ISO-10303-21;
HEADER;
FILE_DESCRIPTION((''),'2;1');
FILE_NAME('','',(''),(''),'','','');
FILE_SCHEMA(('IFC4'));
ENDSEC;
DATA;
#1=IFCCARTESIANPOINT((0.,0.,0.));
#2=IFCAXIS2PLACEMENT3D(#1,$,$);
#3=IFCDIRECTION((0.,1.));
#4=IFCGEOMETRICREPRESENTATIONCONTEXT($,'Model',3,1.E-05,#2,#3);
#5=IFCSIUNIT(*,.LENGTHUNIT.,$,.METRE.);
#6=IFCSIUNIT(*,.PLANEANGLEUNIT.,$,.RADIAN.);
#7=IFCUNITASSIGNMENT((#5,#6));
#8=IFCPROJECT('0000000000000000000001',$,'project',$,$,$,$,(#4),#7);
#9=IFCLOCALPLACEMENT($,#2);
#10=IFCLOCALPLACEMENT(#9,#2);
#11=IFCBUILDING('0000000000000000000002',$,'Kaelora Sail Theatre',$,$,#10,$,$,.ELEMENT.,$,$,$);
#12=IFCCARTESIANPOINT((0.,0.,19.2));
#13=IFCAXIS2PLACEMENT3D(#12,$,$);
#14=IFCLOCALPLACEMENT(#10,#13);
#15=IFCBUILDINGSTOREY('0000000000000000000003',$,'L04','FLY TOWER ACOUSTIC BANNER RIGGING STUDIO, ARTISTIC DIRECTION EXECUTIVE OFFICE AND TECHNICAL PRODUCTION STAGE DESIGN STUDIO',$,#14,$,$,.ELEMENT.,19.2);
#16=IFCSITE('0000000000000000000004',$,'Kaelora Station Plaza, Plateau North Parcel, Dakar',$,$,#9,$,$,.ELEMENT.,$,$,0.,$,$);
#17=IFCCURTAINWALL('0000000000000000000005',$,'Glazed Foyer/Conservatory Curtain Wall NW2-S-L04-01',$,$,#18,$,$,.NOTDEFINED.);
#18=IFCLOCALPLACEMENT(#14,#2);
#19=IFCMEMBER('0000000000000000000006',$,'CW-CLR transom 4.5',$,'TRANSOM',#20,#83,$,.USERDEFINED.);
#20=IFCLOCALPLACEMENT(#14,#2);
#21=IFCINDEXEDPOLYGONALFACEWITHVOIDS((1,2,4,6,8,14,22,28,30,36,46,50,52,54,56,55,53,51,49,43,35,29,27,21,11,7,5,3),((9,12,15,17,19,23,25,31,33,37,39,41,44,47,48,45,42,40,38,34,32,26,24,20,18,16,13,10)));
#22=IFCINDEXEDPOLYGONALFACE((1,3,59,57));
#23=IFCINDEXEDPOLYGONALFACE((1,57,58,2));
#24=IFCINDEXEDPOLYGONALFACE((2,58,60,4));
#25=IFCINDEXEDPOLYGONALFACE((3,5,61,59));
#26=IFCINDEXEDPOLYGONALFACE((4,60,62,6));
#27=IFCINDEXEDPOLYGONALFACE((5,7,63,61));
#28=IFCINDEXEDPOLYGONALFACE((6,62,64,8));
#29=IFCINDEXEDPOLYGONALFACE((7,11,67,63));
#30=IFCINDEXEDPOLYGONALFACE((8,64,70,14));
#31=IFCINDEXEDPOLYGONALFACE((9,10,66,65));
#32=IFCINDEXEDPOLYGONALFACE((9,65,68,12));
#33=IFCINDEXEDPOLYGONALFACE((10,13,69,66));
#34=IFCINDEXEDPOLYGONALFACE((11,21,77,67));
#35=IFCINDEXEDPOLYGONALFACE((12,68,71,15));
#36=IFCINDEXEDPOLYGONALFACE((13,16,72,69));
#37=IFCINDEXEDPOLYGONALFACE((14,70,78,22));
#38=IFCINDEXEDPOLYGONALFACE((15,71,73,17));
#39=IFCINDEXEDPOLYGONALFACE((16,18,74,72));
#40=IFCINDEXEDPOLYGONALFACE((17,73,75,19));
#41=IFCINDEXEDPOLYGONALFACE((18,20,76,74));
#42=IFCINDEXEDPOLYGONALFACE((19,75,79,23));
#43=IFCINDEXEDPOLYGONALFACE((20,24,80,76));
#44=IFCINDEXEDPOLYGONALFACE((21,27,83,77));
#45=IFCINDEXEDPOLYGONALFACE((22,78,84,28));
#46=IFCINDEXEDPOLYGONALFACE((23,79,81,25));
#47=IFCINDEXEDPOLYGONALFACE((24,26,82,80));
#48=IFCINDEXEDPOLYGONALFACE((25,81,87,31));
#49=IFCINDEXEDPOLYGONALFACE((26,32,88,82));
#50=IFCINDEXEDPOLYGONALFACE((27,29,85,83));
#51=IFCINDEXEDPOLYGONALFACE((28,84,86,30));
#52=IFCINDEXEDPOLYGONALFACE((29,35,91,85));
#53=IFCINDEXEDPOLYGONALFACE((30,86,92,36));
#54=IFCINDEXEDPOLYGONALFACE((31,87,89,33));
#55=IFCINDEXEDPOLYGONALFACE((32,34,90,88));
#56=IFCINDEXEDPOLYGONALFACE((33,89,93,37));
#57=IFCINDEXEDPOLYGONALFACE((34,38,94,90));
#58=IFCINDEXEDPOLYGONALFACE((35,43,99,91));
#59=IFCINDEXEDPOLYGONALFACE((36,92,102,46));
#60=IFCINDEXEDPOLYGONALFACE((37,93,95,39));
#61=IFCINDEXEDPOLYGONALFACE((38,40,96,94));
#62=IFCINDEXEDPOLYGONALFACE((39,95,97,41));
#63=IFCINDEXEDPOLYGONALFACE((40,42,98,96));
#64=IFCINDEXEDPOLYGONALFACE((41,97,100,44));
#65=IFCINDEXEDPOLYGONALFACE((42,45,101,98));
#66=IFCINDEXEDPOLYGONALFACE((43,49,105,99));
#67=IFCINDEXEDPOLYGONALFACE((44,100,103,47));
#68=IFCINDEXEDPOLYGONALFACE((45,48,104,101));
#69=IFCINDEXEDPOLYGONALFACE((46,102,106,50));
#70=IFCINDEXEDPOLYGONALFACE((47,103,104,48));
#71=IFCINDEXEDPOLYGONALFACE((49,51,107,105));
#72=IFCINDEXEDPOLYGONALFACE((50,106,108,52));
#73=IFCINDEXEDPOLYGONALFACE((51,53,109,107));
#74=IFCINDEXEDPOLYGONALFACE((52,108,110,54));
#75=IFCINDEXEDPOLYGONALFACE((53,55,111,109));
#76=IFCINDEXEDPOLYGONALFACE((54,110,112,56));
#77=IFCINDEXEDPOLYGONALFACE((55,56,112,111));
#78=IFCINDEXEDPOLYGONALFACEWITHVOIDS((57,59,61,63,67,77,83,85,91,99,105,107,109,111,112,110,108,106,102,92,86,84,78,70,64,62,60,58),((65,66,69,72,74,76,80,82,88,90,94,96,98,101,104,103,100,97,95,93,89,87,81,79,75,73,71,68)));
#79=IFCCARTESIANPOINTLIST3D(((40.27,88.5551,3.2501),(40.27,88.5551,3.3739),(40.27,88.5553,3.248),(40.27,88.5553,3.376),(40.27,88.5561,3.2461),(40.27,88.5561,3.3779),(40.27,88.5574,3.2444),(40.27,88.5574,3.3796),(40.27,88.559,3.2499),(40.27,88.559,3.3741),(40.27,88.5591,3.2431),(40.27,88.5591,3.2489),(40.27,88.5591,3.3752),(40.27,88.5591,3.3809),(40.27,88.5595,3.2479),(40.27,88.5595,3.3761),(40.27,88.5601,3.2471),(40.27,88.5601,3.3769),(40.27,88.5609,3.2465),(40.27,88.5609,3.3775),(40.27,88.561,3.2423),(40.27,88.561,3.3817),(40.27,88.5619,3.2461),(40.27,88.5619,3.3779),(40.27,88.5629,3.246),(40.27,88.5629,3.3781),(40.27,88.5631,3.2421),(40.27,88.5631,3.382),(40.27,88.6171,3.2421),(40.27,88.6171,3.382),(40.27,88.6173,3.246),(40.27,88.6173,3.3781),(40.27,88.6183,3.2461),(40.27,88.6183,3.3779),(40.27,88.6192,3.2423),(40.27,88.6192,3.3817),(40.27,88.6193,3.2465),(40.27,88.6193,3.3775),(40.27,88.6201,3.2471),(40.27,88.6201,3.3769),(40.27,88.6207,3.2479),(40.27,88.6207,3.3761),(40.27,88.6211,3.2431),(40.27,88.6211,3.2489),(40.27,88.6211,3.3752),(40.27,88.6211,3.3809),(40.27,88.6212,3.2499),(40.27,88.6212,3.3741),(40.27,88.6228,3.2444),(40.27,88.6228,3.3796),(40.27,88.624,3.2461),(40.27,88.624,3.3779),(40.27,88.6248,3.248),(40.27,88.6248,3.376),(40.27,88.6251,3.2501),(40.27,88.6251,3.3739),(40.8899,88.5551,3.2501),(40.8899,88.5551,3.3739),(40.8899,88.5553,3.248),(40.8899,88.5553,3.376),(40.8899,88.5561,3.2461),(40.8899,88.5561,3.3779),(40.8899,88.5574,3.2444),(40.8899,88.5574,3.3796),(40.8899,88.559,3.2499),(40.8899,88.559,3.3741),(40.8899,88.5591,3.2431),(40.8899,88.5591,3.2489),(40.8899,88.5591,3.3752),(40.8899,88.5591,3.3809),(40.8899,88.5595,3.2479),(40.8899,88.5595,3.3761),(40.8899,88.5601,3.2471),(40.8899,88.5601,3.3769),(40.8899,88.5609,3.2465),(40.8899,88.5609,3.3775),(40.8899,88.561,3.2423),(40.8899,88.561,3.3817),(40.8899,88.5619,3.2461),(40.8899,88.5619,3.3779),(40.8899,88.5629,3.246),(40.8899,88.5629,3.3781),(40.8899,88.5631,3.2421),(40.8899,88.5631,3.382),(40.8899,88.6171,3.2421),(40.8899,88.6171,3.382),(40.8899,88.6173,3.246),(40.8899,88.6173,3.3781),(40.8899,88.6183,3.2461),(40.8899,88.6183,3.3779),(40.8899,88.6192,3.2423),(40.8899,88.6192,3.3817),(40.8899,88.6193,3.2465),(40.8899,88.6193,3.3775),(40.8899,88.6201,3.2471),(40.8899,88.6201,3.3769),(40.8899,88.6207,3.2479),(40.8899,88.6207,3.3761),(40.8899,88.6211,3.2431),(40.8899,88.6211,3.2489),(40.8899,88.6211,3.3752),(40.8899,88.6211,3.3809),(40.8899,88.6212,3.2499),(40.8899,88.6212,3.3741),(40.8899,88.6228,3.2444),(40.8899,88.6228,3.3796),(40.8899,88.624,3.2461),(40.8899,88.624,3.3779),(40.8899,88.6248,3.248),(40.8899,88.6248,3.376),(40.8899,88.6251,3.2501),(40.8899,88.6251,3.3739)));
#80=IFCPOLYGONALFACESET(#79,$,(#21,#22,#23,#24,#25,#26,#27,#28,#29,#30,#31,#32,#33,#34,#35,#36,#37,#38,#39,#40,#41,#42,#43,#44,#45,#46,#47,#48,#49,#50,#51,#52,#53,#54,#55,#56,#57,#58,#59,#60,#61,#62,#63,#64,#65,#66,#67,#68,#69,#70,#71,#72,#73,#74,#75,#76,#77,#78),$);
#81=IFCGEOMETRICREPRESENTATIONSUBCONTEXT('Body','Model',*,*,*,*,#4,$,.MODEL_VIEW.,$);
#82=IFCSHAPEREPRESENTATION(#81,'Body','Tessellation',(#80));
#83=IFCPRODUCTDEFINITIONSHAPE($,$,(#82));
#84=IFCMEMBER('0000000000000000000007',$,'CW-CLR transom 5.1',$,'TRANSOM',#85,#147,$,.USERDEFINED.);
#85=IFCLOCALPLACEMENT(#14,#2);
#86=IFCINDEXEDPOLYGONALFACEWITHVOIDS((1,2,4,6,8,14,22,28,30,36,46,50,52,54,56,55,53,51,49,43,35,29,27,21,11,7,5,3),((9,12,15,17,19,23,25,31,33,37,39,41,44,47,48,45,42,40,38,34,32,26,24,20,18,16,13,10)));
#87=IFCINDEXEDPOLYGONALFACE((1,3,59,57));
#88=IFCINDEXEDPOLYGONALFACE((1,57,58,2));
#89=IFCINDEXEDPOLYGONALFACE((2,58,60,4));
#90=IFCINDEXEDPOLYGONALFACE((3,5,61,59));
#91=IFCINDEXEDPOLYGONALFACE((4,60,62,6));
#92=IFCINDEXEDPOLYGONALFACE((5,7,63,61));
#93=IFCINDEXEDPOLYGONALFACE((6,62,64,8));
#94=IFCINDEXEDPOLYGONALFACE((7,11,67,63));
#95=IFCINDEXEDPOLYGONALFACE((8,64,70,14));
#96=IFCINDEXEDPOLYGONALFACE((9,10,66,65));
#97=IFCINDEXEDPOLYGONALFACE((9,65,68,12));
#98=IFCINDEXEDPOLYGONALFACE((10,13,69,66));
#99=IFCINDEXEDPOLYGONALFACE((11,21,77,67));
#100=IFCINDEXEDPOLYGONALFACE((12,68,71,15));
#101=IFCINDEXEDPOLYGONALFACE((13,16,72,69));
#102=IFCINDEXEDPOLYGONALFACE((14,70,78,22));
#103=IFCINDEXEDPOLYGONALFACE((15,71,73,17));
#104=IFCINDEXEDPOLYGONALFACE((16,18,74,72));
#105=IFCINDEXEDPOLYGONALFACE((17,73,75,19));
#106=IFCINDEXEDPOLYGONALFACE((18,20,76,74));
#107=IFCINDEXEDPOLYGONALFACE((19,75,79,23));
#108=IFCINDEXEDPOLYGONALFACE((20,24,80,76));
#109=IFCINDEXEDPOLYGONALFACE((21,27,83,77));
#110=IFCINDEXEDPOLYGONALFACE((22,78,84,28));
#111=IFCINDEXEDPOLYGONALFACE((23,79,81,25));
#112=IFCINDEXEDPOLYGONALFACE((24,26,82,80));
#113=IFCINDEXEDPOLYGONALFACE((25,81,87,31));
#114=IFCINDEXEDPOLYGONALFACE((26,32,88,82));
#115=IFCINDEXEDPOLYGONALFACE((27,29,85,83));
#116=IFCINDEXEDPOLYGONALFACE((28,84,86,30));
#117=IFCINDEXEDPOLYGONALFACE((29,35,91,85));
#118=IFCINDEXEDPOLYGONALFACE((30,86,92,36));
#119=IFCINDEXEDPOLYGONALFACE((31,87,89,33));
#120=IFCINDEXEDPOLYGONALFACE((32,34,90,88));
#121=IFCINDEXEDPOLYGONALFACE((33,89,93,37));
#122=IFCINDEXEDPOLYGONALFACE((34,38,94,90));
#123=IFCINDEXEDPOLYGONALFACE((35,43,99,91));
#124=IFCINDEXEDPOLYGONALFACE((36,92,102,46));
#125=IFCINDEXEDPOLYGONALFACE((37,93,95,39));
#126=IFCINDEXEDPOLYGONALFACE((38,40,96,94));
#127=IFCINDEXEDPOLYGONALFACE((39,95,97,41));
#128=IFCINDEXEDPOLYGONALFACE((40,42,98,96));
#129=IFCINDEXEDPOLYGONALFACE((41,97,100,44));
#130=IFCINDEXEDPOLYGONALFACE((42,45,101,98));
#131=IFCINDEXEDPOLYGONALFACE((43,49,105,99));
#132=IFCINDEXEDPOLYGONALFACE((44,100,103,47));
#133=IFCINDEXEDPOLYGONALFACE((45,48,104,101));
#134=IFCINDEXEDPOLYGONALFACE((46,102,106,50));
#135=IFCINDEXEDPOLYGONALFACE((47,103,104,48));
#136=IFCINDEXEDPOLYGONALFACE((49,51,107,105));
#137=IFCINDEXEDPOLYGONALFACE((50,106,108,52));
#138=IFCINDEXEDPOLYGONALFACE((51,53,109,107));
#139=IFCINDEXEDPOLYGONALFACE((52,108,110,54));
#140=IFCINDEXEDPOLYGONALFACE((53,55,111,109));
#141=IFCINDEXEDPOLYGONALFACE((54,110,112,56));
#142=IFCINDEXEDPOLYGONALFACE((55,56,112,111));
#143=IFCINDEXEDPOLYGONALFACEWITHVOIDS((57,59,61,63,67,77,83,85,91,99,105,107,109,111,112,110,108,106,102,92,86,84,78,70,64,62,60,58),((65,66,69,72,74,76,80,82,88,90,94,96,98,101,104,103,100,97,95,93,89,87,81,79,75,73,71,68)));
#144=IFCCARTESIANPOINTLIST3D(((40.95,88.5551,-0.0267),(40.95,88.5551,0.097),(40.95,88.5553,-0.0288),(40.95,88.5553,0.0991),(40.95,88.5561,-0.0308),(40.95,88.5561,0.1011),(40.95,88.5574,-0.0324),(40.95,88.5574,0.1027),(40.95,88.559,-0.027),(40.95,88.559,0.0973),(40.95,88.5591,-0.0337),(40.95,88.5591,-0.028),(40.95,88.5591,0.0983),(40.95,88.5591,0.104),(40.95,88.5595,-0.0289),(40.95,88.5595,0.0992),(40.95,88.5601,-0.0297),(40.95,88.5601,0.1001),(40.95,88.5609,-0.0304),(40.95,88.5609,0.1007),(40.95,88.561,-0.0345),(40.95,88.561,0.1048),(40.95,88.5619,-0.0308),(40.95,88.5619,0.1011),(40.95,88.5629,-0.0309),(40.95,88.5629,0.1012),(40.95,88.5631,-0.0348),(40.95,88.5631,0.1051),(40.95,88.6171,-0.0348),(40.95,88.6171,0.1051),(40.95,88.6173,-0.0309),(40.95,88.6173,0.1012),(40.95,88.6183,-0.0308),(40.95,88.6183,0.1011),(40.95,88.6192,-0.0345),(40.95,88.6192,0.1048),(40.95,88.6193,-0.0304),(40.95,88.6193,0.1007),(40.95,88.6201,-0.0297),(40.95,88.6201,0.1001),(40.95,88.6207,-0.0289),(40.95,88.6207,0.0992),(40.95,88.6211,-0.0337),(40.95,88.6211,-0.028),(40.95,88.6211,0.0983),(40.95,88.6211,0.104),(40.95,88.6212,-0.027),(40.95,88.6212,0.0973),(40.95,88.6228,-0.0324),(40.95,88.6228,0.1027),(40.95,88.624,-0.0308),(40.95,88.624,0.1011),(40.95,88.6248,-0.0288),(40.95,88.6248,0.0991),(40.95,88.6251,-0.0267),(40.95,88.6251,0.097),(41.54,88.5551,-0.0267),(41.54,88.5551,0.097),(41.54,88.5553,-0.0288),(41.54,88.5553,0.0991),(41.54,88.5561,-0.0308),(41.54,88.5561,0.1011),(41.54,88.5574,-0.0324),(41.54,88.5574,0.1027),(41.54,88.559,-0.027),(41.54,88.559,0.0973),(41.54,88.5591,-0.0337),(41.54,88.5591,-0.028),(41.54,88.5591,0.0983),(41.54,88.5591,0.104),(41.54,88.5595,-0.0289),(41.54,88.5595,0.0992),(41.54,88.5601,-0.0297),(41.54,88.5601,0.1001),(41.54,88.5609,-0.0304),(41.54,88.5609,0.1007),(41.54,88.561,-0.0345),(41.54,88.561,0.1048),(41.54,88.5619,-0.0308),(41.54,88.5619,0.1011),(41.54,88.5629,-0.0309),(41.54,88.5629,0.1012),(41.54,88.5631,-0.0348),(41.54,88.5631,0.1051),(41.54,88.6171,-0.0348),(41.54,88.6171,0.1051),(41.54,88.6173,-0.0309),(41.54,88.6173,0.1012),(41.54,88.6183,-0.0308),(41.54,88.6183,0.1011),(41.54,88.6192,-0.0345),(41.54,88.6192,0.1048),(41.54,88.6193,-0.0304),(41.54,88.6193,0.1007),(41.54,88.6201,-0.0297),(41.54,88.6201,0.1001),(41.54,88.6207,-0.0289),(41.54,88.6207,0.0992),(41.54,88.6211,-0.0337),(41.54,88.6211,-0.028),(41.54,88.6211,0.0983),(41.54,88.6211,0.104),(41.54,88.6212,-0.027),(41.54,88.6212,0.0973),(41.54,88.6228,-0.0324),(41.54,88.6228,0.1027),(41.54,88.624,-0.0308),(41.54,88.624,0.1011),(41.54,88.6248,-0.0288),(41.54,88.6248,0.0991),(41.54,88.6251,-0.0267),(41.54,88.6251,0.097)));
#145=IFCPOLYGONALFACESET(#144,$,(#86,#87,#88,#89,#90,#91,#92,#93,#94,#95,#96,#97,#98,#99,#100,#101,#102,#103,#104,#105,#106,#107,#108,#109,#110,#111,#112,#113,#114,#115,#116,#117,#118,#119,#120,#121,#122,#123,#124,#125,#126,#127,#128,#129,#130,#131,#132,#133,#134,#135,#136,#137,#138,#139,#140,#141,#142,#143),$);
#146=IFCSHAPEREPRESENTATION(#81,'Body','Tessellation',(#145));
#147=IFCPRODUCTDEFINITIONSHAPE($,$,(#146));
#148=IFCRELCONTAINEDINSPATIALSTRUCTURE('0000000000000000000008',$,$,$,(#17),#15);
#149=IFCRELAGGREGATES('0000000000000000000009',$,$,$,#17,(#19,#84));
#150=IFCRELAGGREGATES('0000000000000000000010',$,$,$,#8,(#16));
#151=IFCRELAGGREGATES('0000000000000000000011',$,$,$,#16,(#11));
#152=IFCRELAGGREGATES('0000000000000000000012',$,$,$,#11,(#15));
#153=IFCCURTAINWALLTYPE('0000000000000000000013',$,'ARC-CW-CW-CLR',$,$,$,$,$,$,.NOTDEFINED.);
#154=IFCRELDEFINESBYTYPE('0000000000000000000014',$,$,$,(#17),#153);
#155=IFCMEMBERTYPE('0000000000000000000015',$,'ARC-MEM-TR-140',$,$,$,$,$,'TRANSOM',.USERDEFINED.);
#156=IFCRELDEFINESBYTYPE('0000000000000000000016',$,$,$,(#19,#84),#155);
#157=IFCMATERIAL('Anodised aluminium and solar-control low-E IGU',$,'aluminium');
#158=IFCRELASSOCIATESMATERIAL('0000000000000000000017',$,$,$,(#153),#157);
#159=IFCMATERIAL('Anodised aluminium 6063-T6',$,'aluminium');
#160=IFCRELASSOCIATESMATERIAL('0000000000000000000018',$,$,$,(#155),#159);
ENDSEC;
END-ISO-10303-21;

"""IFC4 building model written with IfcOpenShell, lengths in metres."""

from ifc_helpers import new_model, si_unit, direction, frame, origin, origin_2d, place, context, subcontext, project, spatial, hollow_rectangle, extrude, material, material_profile, profile_set, type_object, element, aggregate, save


model = new_model("IFC4")

# Units and contexts
model_context = context("Model", 3, precision=1e-05, world=origin(), true_north=direction((0.0, 1.0)))
body_context = subcontext(model_context, "Body", "Model", "MODEL_VIEW")
ifc_project = project(units=[si_unit("LENGTHUNIT", "METRE"), si_unit("PLANEANGLEUNIT", "RADIAN")], contexts=[model_context])

# Site, building, storey
site_placement = place(None, origin())
site = spatial("IfcSite", under=ifc_project, at=site_placement, Name="Kaelora Station Plaza, Plateau North Parcel, Dakar", CompositionType="ELEMENT", RefElevation=0.0)
building_placement = place(site_placement, origin())
building = spatial("IfcBuilding", under=site, at=building_placement, Name="Kaelora Sail Theatre", CompositionType="ELEMENT")
storey_placement = place(building_placement, frame((0.0, 0.0, 19.2)))
storey = spatial("IfcBuildingStorey", under=building, at=storey_placement, Name="L04", Description="FLY TOWER ACOUSTIC BANNER RIGGING STUDIO, ARTISTIC DIRECTION EXECUTIVE OFFICE AND TECHNICAL PRODUCTION STAGE DESIGN STUDIO", CompositionType="ELEMENT", Elevation=19.2)

# Curtain wall, members
ifc_material_1 = material(Name="Anodised aluminium and solar-control low-E IGU", Category="aluminium")
curtain_wall_type = type_object("IfcCurtainWallType", Name="ARC-CW-CW-CLR", PredefinedType="NOTDEFINED", material=ifc_material_1)
curtain_wall_placement = place(storey_placement, origin())
curtain_wall = element("IfcCurtainWall", 1, at=curtain_wall_placement, inside=storey, type_object=curtain_wall_type, Name="Glazed Foyer/Conservatory Curtain Wall NW2-S-L04-01", PredefinedType="NOTDEFINED")
ifc_material_2 = material(Name="Anodised aluminium 6063-T6", Category="aluminium")
ifc_material_profile_1 = material_profile(ifc_material_2, hollow_rectangle(XDim=0.0701, YDim=0.1399, WallThickness=0.0039, InnerFilletRadius=0.0039, OuterFilletRadius=0.0081, at=origin_2d()), Name="ALU-TRAN 70x140x4")
ifc_profile_set_1 = profile_set([ifc_material_profile_1], Name="Anodised aluminium 6063-T6")
member_type_1 = type_object("IfcMemberType", Name="ARC-MEM-TR-140", ElementType="TRANSOM", PredefinedType="USERDEFINED", material=ifc_profile_set_1)
member_1_placement = place(storey_placement, frame((40.27, 88.5901, 3.312), z_axis=(1.0, 0.0, 0.0), x_axis=(0.0, 1.0, 0.0)))
member_1 = element("IfcMember", 2, at=member_1_placement, type_object=member_type_1, Name="CW-CLR transom 4.5", ObjectType="TRANSOM", PredefinedType="USERDEFINED", context=body_context, shape_type="SweptSolid", body=[
    extrude(hollow_rectangle(XDim=0.0701, YDim=0.1399, WallThickness=0.0039, InnerFilletRadius=0.0039, OuterFilletRadius=0.0081, at=origin_2d()), origin(), (0.0, 0.0, 1.0), 0.6199),
])
member_2_placement = place(storey_placement, frame((40.95, 88.5901, 0.0352), z_axis=(1.0, 0.0, 0.0), x_axis=(0.0, 1.0, 0.0)))
member_2 = element("IfcMember", 3, at=member_2_placement, type_object=member_type_1, Name="CW-CLR transom 5.1", ObjectType="TRANSOM", PredefinedType="USERDEFINED", context=body_context, shape_type="SweptSolid", body=[
    extrude(hollow_rectangle(XDim=0.0701, YDim=0.1399, WallThickness=0.0039, InnerFilletRadius=0.0039, OuterFilletRadius=0.0081, at=origin_2d()), origin(), (0.0, 0.0, 1.0), 0.5901),
])

aggregate(curtain_wall, [member_1, member_2])

save(model, "model.ifc")
